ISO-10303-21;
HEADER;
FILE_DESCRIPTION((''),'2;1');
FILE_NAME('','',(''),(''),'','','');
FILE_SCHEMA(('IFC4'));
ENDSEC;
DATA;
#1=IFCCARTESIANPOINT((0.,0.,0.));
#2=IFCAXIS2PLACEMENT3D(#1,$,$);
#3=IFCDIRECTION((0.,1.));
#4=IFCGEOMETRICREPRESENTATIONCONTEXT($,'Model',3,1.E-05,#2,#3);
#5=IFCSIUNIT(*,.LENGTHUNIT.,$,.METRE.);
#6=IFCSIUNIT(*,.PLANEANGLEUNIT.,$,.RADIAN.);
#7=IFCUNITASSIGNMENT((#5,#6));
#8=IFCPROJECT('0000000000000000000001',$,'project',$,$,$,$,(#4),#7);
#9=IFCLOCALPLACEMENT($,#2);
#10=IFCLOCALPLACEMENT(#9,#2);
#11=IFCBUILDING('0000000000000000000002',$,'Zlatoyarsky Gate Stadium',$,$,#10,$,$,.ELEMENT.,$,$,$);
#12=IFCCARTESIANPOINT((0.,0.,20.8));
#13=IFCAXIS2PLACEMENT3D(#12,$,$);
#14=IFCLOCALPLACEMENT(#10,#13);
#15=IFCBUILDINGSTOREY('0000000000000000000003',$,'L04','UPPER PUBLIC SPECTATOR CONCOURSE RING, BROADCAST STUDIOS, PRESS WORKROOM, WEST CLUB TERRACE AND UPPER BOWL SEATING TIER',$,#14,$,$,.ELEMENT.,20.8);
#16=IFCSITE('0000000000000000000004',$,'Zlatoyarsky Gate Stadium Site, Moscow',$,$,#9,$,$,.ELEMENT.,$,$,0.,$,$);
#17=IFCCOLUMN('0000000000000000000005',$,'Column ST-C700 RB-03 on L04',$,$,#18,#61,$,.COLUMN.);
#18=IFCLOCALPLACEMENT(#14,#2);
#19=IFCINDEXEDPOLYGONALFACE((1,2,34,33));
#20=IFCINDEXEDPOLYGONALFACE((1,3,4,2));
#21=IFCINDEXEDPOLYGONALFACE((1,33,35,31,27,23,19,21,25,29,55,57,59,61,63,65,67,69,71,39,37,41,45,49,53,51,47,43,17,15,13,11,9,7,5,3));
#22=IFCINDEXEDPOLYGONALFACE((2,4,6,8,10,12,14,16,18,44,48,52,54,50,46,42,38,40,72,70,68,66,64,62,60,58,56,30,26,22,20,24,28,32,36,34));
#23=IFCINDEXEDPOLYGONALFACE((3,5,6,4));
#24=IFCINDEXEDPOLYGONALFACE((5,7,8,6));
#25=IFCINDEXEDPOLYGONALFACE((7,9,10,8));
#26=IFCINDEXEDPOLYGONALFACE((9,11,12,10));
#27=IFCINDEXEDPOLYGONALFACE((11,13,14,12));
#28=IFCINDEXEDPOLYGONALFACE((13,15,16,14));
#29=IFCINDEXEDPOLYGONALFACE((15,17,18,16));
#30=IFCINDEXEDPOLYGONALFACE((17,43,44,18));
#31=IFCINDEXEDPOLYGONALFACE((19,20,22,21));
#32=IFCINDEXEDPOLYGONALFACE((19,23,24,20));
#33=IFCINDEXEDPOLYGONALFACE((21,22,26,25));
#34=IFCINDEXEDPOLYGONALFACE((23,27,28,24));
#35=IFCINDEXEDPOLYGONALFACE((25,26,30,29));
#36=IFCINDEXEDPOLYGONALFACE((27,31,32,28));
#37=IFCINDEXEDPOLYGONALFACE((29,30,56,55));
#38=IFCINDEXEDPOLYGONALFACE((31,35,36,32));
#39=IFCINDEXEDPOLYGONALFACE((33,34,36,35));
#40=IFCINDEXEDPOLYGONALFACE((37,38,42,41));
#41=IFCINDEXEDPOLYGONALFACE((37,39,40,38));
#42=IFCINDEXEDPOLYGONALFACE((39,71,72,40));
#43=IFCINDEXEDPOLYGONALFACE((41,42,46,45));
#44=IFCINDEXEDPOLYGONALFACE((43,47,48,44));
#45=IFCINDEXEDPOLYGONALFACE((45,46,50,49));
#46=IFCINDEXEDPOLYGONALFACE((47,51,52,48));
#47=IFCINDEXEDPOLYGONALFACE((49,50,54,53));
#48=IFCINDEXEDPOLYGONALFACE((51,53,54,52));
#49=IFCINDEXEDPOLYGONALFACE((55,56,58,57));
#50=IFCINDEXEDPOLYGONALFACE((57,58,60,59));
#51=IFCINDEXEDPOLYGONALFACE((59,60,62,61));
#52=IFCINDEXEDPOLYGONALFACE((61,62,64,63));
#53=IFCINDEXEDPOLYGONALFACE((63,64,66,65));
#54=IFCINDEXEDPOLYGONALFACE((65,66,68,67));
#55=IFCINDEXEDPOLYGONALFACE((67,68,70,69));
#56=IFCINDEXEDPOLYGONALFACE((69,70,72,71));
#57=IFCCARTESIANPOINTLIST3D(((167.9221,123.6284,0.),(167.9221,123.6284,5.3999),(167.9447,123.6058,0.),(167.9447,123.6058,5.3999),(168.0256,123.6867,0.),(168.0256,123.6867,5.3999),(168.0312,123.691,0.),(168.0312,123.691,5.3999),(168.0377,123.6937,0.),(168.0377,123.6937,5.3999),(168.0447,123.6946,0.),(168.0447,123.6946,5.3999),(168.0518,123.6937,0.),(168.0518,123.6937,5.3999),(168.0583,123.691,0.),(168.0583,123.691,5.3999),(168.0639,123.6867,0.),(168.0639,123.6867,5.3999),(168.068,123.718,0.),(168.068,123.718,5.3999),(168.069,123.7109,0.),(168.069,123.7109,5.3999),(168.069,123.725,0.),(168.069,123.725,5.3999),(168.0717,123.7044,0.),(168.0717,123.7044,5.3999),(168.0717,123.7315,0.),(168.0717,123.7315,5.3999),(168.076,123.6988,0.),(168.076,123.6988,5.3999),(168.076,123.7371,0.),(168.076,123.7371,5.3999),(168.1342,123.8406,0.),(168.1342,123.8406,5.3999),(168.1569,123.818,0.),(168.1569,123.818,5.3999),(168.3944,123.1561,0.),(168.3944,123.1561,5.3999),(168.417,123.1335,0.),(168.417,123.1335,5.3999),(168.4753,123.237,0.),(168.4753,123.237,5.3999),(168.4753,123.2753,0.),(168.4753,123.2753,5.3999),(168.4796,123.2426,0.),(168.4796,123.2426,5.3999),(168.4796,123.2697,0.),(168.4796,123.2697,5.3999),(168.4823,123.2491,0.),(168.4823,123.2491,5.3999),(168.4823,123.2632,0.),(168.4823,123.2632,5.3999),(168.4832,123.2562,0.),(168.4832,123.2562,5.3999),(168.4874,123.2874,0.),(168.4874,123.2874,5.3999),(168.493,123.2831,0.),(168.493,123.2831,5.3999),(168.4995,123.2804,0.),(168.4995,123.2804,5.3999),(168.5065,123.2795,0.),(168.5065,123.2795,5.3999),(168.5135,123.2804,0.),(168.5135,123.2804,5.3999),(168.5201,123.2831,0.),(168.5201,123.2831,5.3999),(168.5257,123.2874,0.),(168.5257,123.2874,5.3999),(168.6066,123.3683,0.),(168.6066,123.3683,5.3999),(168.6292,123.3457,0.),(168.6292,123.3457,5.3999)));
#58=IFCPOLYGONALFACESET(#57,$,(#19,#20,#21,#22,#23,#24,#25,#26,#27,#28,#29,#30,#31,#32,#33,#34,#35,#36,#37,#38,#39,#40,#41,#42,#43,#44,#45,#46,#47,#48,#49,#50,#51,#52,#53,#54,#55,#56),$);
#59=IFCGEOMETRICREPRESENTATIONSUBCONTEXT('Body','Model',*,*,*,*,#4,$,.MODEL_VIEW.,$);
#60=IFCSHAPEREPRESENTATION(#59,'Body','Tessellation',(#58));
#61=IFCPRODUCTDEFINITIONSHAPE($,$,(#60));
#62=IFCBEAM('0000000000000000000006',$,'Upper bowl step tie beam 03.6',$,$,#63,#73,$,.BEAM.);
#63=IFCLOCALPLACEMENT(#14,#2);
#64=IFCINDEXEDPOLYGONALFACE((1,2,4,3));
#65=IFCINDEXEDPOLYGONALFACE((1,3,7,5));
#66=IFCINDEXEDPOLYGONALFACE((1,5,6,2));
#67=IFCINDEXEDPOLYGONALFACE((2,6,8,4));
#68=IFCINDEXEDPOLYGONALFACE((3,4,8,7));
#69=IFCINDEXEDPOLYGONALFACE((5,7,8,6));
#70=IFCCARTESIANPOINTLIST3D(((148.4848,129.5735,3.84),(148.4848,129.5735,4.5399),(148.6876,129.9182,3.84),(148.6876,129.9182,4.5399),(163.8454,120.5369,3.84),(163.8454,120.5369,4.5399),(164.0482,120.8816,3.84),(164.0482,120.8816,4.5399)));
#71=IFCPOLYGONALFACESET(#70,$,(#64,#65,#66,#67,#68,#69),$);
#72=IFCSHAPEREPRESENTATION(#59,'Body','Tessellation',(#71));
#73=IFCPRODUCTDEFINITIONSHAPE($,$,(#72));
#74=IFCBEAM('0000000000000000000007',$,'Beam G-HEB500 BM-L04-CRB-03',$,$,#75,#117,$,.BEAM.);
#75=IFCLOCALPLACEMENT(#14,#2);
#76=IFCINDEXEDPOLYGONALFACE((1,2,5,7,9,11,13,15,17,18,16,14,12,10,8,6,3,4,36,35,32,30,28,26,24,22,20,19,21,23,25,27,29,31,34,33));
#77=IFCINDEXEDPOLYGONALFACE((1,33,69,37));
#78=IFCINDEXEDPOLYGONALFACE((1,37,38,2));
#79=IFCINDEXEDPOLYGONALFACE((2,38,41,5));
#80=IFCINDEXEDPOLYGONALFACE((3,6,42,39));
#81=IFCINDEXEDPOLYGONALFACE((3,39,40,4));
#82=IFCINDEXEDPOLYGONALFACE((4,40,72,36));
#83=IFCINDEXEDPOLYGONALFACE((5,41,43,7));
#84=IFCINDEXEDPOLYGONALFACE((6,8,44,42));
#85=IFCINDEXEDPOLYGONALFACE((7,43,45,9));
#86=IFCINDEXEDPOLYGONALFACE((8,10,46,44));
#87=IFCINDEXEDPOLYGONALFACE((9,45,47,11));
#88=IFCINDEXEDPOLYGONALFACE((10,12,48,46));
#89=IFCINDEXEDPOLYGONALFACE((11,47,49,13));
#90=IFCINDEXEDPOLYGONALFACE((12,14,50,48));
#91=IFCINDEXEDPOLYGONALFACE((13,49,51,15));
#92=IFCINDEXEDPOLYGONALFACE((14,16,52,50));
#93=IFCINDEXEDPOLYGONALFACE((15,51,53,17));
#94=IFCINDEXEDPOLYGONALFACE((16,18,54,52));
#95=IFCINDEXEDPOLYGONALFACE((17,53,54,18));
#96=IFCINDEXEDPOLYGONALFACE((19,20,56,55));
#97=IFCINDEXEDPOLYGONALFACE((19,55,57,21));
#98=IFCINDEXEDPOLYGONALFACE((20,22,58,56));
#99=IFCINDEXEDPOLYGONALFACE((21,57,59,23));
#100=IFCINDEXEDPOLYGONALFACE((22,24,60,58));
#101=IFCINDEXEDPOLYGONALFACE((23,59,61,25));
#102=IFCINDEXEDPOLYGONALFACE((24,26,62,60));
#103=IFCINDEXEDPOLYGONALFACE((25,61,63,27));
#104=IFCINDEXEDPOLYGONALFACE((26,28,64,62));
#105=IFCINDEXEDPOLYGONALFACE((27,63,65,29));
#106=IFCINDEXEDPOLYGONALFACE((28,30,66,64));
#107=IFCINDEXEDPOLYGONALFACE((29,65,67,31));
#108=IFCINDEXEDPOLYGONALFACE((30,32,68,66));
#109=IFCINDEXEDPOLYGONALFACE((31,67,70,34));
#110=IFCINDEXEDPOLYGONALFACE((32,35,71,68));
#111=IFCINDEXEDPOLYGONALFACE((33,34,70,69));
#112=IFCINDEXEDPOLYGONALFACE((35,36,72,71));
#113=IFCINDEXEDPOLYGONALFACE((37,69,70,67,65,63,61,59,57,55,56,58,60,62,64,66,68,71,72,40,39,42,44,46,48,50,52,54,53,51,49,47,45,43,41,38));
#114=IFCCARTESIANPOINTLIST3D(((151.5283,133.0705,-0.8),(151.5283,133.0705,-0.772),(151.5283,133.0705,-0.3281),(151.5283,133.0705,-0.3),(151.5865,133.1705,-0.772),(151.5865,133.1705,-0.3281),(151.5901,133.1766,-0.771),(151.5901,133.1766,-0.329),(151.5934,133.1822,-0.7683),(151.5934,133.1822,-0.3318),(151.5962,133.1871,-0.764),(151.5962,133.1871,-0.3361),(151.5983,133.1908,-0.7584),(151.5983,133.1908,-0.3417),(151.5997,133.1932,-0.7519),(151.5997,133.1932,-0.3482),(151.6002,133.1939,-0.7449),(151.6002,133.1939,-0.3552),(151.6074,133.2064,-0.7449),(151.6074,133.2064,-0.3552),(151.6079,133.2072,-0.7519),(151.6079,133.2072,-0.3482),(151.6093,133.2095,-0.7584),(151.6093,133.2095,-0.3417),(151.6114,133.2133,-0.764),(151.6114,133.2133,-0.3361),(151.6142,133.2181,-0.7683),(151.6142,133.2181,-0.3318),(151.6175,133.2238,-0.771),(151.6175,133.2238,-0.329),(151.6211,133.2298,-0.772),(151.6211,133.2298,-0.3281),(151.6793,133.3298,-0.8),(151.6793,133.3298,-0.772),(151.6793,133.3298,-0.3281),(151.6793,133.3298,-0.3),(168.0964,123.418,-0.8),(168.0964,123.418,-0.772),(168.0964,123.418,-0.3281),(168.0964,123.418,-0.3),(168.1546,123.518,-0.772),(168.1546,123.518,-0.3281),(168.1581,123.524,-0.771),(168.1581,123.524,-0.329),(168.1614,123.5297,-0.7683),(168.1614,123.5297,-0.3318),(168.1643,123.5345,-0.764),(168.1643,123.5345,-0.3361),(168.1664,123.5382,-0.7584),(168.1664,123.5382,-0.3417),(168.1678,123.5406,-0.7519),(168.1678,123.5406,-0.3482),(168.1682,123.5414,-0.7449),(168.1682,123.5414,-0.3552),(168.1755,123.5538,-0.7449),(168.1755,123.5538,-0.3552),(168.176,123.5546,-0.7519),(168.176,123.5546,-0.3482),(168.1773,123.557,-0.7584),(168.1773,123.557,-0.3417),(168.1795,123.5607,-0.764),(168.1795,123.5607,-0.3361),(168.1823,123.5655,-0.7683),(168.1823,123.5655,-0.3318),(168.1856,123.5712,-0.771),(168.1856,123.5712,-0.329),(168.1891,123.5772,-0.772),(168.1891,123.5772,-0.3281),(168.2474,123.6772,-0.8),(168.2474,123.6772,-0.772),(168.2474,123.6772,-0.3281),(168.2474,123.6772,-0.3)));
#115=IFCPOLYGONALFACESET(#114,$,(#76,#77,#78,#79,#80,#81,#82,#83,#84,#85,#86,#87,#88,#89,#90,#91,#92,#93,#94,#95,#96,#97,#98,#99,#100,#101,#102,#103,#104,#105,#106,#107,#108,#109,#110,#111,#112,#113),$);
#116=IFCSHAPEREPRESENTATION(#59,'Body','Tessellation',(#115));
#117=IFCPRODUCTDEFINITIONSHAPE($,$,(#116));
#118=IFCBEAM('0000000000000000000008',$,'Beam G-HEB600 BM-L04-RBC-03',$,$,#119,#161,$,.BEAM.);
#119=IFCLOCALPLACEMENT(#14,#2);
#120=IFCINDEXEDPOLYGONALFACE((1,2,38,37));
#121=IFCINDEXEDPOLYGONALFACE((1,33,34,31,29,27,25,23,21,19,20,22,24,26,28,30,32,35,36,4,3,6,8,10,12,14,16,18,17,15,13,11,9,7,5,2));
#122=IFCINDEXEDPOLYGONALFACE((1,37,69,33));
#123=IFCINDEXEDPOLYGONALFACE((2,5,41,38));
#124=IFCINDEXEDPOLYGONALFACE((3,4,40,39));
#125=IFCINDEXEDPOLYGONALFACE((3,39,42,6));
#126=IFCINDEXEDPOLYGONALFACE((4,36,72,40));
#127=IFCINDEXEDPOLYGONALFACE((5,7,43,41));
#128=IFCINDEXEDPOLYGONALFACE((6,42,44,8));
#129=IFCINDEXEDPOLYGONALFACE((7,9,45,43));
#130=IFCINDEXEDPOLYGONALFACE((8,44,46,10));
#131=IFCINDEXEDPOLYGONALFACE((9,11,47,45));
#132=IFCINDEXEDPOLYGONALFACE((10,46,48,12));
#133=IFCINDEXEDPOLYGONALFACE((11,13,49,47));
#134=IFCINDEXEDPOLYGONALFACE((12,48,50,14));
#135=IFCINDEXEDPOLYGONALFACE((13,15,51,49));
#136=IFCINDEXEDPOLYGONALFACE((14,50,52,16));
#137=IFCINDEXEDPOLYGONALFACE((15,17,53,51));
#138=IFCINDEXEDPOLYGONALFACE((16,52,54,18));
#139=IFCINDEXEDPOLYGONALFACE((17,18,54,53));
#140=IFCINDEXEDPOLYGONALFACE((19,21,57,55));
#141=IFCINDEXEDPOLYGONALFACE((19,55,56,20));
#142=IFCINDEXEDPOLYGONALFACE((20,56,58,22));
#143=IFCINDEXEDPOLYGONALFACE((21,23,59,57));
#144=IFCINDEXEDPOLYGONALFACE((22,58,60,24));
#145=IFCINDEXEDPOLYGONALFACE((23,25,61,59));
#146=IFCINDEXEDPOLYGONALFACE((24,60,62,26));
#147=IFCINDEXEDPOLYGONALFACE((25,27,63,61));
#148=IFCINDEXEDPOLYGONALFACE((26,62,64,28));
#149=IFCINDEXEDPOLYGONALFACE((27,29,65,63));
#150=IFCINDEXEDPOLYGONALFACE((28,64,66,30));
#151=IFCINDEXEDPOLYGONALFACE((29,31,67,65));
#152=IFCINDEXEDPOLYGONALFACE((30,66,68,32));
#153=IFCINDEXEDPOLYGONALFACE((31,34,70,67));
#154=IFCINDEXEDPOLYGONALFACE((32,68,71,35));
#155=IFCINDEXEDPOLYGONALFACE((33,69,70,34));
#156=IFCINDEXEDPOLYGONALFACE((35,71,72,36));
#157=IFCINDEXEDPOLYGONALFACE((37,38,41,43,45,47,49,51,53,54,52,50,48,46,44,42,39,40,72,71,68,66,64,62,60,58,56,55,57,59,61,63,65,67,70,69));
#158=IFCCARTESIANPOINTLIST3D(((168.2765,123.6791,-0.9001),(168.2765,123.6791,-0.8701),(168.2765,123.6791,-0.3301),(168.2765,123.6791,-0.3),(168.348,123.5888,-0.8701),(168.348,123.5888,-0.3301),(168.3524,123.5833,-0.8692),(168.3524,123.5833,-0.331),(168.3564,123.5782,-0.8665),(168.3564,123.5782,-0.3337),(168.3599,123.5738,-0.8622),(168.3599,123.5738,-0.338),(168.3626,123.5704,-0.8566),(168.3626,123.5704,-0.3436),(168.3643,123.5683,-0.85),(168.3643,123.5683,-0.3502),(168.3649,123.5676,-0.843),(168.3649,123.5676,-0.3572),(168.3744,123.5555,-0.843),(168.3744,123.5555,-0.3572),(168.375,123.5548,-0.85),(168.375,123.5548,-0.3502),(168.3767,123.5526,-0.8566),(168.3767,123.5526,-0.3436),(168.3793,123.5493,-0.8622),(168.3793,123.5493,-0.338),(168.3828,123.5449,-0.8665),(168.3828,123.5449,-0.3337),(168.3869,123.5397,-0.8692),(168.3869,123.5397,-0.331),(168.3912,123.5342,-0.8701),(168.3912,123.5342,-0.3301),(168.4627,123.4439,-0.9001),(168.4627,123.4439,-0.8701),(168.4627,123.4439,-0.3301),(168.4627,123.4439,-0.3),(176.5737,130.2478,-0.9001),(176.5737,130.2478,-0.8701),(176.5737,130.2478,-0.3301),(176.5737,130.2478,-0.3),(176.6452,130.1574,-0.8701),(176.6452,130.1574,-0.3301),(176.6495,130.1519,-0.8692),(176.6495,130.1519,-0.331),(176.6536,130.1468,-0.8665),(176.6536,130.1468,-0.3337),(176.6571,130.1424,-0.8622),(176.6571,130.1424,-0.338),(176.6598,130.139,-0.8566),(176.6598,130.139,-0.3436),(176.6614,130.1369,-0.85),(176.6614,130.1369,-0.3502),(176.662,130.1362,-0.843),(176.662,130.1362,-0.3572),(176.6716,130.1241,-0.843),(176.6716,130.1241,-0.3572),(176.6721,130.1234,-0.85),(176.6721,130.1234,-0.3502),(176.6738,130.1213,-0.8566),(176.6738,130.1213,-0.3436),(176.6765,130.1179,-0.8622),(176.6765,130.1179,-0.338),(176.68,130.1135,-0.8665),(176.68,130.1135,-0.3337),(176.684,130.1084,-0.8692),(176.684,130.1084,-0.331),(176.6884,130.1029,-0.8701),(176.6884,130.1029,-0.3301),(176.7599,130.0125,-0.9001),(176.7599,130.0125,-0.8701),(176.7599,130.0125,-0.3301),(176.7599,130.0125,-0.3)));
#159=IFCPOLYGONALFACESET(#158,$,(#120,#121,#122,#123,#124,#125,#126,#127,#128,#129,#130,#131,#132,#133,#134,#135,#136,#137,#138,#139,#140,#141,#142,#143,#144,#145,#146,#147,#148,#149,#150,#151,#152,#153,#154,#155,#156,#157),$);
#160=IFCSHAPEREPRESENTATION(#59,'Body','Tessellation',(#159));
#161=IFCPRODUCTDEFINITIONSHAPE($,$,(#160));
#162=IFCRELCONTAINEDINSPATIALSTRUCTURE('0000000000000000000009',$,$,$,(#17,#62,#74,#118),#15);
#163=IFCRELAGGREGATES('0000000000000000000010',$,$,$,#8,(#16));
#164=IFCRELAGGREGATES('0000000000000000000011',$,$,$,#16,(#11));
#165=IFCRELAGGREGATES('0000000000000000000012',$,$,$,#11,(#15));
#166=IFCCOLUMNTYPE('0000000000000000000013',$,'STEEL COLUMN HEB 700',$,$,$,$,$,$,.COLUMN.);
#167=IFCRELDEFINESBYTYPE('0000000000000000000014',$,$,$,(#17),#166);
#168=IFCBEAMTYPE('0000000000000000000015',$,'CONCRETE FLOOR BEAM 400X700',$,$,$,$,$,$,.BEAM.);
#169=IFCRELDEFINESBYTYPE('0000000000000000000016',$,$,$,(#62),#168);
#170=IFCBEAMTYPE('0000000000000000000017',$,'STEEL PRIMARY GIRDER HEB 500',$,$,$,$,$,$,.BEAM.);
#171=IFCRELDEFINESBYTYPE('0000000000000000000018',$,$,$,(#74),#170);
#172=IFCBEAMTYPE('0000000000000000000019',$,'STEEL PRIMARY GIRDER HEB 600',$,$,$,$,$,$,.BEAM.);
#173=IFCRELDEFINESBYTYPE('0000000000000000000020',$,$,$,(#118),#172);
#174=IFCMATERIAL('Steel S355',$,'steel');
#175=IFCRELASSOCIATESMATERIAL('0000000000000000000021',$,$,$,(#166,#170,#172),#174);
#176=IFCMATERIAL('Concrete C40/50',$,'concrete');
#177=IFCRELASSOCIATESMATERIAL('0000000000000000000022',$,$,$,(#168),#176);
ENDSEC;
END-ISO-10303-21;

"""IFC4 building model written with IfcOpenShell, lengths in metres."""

from ifc_helpers import new_model, si_unit, direction, frame, origin, origin_2d, place, context, subcontext, project, spatial, rectangle, i_section, extrude, material, material_profile, profile_set, type_object, element, save


model = new_model("IFC4")

# Units and contexts
model_context = context("Model", 3, precision=1e-05, world=origin(), true_north=direction((0.0, 1.0)))
body_context = subcontext(model_context, "Body", "Model", "MODEL_VIEW")
ifc_project = project(units=[si_unit("LENGTHUNIT", "METRE"), si_unit("PLANEANGLEUNIT", "RADIAN")], contexts=[model_context])

# Site, building, storey
site_placement = place(None, origin())
site = spatial("IfcSite", under=ifc_project, at=site_placement, Name="Zlatoyarsky Gate Stadium Site, Moscow", CompositionType="ELEMENT", RefElevation=0.0)
building_placement = place(site_placement, origin())
building = spatial("IfcBuilding", under=site, at=building_placement, Name="Zlatoyarsky Gate Stadium", CompositionType="ELEMENT")
storey_placement = place(building_placement, frame((0.0, 0.0, 20.8)))
storey = spatial("IfcBuildingStorey", under=building, at=storey_placement, Name="L04", Description="UPPER PUBLIC SPECTATOR CONCOURSE RING, BROADCAST STUDIOS, PRESS WORKROOM, WEST CLUB TERRACE AND UPPER BOWL SEATING TIER", CompositionType="ELEMENT", Elevation=20.8)

# Column
ifc_material_1 = material(Name="Steel S355", Category="steel")
ifc_material_profile_1 = material_profile(ifc_material_1, i_section(OverallWidth=0.3, OverallDepth=0.7, WebThickness=0.0171, FlangeThickness=0.032, FilletRadius=0.0271, at=origin_2d()), Name="HEB 700")
ifc_profile_set_1 = profile_set([ifc_material_profile_1], Name="Steel S355")
column_type = type_object("IfcColumnType", Name="STEEL COLUMN HEB 700", PredefinedType="COLUMN", material=ifc_profile_set_1)
column_placement = place(storey_placement, frame((168.2756, 123.4871, 0.0), z_axis=(0.0, 0.0, 1.0), x_axis=(0.707107, 0.707107, 0.0)))
element("IfcColumn", 1, at=column_placement, inside=storey, type_object=column_type, Name="Column ST-C700 RB-03 on L04", PredefinedType="COLUMN", context=body_context, shape_type="SweptSolid", body=[
    extrude(i_section(OverallWidth=0.3, OverallDepth=0.7, WebThickness=0.0171, FlangeThickness=0.032, FilletRadius=0.0271, at=origin_2d()), origin(), (0.0, 0.0, 1.0), 5.3999),
])

# Beams
ifc_material_2 = material(Name="Concrete C40/50", Category="concrete")
ifc_material_profile_2 = material_profile(ifc_material_2, rectangle(XDim=0.3999, YDim=0.7, at=origin_2d()), Name="RC BEAM 400X700")
ifc_profile_set_2 = profile_set([ifc_material_profile_2], Name="Concrete C40/50")
beam_type_1 = type_object("IfcBeamType", Name="CONCRETE FLOOR BEAM 400X700", PredefinedType="BEAM", material=ifc_profile_set_2)
beam_1_placement = place(storey_placement, frame((163.9468, 120.7092, 4.1899), z_axis=(-0.86191, 0.507061, 0.0), x_axis=(-0.507061, -0.86191, 0.0)))
element("IfcBeam", 2, at=beam_1_placement, inside=storey, type_object=beam_type_1, Name="Upper bowl step tie beam 03.6", PredefinedType="BEAM", context=body_context, shape_type="SweptSolid", body=[
    extrude(rectangle(XDim=0.3999, YDim=0.7, at=origin_2d()), origin(), (0.0, 0.0, 1.0), 17.8215),
])
ifc_material_profile_3 = material_profile(ifc_material_1, i_section(OverallWidth=0.3, OverallDepth=0.5, WebThickness=0.0144, FlangeThickness=0.0281, FilletRadius=0.0271, at=origin_2d()), Name="HEB 500")
ifc_profile_set_3 = profile_set([ifc_material_profile_3], Name="Steel S355")
beam_type_2 = type_object("IfcBeamType", Name="STEEL PRIMARY GIRDER HEB 500", PredefinedType="BEAM", material=ifc_profile_set_3)
beam_2_placement = place(storey_placement, frame((168.1719, 123.5476, -0.55), z_axis=(-0.864054, 0.503398, 0.0), x_axis=(-0.503398, -0.864054, 0.0)))
element("IfcBeam", 3, at=beam_2_placement, inside=storey, type_object=beam_type_2, Name="Beam G-HEB500 BM-L04-CRB-03", PredefinedType="BEAM", context=body_context, shape_type="SweptSolid", body=[
    extrude(i_section(OverallWidth=0.3, OverallDepth=0.5, WebThickness=0.0144, FlangeThickness=0.0281, FilletRadius=0.0271, at=origin_2d()), origin(), (0.0, 0.0, 1.0), 19.1748),
])
ifc_material_profile_4 = material_profile(ifc_material_1, i_section(OverallWidth=0.3, OverallDepth=0.6001, WebThickness=0.0154, FlangeThickness=0.03, FilletRadius=0.0271, at=origin_2d()), Name="HEB 600")
ifc_profile_set_4 = profile_set([ifc_material_profile_4], Name="Steel S355")
beam_type_3 = type_object("IfcBeamType", Name="STEEL PRIMARY GIRDER HEB 600", PredefinedType="BEAM", material=ifc_profile_set_4)
beam_3_placement = place(storey_placement, frame((168.3696, 123.5615, -0.6001), z_axis=(0.784043, 0.620706, 0.0), x_axis=(-0.620706, 0.784043, 0.0)))
element("IfcBeam", 4, at=beam_3_placement, inside=storey, type_object=beam_type_3, Name="Beam G-HEB600 BM-L04-RBC-03", PredefinedType="BEAM", context=body_context, shape_type="SweptSolid", body=[
    extrude(i_section(OverallWidth=0.3, OverallDepth=0.6001, WebThickness=0.0154, FlangeThickness=0.03, FilletRadius=0.0271, at=origin_2d()), origin(), (0.0, 0.0, 1.0), 10.5825),
])

save(model, "model.ifc")
